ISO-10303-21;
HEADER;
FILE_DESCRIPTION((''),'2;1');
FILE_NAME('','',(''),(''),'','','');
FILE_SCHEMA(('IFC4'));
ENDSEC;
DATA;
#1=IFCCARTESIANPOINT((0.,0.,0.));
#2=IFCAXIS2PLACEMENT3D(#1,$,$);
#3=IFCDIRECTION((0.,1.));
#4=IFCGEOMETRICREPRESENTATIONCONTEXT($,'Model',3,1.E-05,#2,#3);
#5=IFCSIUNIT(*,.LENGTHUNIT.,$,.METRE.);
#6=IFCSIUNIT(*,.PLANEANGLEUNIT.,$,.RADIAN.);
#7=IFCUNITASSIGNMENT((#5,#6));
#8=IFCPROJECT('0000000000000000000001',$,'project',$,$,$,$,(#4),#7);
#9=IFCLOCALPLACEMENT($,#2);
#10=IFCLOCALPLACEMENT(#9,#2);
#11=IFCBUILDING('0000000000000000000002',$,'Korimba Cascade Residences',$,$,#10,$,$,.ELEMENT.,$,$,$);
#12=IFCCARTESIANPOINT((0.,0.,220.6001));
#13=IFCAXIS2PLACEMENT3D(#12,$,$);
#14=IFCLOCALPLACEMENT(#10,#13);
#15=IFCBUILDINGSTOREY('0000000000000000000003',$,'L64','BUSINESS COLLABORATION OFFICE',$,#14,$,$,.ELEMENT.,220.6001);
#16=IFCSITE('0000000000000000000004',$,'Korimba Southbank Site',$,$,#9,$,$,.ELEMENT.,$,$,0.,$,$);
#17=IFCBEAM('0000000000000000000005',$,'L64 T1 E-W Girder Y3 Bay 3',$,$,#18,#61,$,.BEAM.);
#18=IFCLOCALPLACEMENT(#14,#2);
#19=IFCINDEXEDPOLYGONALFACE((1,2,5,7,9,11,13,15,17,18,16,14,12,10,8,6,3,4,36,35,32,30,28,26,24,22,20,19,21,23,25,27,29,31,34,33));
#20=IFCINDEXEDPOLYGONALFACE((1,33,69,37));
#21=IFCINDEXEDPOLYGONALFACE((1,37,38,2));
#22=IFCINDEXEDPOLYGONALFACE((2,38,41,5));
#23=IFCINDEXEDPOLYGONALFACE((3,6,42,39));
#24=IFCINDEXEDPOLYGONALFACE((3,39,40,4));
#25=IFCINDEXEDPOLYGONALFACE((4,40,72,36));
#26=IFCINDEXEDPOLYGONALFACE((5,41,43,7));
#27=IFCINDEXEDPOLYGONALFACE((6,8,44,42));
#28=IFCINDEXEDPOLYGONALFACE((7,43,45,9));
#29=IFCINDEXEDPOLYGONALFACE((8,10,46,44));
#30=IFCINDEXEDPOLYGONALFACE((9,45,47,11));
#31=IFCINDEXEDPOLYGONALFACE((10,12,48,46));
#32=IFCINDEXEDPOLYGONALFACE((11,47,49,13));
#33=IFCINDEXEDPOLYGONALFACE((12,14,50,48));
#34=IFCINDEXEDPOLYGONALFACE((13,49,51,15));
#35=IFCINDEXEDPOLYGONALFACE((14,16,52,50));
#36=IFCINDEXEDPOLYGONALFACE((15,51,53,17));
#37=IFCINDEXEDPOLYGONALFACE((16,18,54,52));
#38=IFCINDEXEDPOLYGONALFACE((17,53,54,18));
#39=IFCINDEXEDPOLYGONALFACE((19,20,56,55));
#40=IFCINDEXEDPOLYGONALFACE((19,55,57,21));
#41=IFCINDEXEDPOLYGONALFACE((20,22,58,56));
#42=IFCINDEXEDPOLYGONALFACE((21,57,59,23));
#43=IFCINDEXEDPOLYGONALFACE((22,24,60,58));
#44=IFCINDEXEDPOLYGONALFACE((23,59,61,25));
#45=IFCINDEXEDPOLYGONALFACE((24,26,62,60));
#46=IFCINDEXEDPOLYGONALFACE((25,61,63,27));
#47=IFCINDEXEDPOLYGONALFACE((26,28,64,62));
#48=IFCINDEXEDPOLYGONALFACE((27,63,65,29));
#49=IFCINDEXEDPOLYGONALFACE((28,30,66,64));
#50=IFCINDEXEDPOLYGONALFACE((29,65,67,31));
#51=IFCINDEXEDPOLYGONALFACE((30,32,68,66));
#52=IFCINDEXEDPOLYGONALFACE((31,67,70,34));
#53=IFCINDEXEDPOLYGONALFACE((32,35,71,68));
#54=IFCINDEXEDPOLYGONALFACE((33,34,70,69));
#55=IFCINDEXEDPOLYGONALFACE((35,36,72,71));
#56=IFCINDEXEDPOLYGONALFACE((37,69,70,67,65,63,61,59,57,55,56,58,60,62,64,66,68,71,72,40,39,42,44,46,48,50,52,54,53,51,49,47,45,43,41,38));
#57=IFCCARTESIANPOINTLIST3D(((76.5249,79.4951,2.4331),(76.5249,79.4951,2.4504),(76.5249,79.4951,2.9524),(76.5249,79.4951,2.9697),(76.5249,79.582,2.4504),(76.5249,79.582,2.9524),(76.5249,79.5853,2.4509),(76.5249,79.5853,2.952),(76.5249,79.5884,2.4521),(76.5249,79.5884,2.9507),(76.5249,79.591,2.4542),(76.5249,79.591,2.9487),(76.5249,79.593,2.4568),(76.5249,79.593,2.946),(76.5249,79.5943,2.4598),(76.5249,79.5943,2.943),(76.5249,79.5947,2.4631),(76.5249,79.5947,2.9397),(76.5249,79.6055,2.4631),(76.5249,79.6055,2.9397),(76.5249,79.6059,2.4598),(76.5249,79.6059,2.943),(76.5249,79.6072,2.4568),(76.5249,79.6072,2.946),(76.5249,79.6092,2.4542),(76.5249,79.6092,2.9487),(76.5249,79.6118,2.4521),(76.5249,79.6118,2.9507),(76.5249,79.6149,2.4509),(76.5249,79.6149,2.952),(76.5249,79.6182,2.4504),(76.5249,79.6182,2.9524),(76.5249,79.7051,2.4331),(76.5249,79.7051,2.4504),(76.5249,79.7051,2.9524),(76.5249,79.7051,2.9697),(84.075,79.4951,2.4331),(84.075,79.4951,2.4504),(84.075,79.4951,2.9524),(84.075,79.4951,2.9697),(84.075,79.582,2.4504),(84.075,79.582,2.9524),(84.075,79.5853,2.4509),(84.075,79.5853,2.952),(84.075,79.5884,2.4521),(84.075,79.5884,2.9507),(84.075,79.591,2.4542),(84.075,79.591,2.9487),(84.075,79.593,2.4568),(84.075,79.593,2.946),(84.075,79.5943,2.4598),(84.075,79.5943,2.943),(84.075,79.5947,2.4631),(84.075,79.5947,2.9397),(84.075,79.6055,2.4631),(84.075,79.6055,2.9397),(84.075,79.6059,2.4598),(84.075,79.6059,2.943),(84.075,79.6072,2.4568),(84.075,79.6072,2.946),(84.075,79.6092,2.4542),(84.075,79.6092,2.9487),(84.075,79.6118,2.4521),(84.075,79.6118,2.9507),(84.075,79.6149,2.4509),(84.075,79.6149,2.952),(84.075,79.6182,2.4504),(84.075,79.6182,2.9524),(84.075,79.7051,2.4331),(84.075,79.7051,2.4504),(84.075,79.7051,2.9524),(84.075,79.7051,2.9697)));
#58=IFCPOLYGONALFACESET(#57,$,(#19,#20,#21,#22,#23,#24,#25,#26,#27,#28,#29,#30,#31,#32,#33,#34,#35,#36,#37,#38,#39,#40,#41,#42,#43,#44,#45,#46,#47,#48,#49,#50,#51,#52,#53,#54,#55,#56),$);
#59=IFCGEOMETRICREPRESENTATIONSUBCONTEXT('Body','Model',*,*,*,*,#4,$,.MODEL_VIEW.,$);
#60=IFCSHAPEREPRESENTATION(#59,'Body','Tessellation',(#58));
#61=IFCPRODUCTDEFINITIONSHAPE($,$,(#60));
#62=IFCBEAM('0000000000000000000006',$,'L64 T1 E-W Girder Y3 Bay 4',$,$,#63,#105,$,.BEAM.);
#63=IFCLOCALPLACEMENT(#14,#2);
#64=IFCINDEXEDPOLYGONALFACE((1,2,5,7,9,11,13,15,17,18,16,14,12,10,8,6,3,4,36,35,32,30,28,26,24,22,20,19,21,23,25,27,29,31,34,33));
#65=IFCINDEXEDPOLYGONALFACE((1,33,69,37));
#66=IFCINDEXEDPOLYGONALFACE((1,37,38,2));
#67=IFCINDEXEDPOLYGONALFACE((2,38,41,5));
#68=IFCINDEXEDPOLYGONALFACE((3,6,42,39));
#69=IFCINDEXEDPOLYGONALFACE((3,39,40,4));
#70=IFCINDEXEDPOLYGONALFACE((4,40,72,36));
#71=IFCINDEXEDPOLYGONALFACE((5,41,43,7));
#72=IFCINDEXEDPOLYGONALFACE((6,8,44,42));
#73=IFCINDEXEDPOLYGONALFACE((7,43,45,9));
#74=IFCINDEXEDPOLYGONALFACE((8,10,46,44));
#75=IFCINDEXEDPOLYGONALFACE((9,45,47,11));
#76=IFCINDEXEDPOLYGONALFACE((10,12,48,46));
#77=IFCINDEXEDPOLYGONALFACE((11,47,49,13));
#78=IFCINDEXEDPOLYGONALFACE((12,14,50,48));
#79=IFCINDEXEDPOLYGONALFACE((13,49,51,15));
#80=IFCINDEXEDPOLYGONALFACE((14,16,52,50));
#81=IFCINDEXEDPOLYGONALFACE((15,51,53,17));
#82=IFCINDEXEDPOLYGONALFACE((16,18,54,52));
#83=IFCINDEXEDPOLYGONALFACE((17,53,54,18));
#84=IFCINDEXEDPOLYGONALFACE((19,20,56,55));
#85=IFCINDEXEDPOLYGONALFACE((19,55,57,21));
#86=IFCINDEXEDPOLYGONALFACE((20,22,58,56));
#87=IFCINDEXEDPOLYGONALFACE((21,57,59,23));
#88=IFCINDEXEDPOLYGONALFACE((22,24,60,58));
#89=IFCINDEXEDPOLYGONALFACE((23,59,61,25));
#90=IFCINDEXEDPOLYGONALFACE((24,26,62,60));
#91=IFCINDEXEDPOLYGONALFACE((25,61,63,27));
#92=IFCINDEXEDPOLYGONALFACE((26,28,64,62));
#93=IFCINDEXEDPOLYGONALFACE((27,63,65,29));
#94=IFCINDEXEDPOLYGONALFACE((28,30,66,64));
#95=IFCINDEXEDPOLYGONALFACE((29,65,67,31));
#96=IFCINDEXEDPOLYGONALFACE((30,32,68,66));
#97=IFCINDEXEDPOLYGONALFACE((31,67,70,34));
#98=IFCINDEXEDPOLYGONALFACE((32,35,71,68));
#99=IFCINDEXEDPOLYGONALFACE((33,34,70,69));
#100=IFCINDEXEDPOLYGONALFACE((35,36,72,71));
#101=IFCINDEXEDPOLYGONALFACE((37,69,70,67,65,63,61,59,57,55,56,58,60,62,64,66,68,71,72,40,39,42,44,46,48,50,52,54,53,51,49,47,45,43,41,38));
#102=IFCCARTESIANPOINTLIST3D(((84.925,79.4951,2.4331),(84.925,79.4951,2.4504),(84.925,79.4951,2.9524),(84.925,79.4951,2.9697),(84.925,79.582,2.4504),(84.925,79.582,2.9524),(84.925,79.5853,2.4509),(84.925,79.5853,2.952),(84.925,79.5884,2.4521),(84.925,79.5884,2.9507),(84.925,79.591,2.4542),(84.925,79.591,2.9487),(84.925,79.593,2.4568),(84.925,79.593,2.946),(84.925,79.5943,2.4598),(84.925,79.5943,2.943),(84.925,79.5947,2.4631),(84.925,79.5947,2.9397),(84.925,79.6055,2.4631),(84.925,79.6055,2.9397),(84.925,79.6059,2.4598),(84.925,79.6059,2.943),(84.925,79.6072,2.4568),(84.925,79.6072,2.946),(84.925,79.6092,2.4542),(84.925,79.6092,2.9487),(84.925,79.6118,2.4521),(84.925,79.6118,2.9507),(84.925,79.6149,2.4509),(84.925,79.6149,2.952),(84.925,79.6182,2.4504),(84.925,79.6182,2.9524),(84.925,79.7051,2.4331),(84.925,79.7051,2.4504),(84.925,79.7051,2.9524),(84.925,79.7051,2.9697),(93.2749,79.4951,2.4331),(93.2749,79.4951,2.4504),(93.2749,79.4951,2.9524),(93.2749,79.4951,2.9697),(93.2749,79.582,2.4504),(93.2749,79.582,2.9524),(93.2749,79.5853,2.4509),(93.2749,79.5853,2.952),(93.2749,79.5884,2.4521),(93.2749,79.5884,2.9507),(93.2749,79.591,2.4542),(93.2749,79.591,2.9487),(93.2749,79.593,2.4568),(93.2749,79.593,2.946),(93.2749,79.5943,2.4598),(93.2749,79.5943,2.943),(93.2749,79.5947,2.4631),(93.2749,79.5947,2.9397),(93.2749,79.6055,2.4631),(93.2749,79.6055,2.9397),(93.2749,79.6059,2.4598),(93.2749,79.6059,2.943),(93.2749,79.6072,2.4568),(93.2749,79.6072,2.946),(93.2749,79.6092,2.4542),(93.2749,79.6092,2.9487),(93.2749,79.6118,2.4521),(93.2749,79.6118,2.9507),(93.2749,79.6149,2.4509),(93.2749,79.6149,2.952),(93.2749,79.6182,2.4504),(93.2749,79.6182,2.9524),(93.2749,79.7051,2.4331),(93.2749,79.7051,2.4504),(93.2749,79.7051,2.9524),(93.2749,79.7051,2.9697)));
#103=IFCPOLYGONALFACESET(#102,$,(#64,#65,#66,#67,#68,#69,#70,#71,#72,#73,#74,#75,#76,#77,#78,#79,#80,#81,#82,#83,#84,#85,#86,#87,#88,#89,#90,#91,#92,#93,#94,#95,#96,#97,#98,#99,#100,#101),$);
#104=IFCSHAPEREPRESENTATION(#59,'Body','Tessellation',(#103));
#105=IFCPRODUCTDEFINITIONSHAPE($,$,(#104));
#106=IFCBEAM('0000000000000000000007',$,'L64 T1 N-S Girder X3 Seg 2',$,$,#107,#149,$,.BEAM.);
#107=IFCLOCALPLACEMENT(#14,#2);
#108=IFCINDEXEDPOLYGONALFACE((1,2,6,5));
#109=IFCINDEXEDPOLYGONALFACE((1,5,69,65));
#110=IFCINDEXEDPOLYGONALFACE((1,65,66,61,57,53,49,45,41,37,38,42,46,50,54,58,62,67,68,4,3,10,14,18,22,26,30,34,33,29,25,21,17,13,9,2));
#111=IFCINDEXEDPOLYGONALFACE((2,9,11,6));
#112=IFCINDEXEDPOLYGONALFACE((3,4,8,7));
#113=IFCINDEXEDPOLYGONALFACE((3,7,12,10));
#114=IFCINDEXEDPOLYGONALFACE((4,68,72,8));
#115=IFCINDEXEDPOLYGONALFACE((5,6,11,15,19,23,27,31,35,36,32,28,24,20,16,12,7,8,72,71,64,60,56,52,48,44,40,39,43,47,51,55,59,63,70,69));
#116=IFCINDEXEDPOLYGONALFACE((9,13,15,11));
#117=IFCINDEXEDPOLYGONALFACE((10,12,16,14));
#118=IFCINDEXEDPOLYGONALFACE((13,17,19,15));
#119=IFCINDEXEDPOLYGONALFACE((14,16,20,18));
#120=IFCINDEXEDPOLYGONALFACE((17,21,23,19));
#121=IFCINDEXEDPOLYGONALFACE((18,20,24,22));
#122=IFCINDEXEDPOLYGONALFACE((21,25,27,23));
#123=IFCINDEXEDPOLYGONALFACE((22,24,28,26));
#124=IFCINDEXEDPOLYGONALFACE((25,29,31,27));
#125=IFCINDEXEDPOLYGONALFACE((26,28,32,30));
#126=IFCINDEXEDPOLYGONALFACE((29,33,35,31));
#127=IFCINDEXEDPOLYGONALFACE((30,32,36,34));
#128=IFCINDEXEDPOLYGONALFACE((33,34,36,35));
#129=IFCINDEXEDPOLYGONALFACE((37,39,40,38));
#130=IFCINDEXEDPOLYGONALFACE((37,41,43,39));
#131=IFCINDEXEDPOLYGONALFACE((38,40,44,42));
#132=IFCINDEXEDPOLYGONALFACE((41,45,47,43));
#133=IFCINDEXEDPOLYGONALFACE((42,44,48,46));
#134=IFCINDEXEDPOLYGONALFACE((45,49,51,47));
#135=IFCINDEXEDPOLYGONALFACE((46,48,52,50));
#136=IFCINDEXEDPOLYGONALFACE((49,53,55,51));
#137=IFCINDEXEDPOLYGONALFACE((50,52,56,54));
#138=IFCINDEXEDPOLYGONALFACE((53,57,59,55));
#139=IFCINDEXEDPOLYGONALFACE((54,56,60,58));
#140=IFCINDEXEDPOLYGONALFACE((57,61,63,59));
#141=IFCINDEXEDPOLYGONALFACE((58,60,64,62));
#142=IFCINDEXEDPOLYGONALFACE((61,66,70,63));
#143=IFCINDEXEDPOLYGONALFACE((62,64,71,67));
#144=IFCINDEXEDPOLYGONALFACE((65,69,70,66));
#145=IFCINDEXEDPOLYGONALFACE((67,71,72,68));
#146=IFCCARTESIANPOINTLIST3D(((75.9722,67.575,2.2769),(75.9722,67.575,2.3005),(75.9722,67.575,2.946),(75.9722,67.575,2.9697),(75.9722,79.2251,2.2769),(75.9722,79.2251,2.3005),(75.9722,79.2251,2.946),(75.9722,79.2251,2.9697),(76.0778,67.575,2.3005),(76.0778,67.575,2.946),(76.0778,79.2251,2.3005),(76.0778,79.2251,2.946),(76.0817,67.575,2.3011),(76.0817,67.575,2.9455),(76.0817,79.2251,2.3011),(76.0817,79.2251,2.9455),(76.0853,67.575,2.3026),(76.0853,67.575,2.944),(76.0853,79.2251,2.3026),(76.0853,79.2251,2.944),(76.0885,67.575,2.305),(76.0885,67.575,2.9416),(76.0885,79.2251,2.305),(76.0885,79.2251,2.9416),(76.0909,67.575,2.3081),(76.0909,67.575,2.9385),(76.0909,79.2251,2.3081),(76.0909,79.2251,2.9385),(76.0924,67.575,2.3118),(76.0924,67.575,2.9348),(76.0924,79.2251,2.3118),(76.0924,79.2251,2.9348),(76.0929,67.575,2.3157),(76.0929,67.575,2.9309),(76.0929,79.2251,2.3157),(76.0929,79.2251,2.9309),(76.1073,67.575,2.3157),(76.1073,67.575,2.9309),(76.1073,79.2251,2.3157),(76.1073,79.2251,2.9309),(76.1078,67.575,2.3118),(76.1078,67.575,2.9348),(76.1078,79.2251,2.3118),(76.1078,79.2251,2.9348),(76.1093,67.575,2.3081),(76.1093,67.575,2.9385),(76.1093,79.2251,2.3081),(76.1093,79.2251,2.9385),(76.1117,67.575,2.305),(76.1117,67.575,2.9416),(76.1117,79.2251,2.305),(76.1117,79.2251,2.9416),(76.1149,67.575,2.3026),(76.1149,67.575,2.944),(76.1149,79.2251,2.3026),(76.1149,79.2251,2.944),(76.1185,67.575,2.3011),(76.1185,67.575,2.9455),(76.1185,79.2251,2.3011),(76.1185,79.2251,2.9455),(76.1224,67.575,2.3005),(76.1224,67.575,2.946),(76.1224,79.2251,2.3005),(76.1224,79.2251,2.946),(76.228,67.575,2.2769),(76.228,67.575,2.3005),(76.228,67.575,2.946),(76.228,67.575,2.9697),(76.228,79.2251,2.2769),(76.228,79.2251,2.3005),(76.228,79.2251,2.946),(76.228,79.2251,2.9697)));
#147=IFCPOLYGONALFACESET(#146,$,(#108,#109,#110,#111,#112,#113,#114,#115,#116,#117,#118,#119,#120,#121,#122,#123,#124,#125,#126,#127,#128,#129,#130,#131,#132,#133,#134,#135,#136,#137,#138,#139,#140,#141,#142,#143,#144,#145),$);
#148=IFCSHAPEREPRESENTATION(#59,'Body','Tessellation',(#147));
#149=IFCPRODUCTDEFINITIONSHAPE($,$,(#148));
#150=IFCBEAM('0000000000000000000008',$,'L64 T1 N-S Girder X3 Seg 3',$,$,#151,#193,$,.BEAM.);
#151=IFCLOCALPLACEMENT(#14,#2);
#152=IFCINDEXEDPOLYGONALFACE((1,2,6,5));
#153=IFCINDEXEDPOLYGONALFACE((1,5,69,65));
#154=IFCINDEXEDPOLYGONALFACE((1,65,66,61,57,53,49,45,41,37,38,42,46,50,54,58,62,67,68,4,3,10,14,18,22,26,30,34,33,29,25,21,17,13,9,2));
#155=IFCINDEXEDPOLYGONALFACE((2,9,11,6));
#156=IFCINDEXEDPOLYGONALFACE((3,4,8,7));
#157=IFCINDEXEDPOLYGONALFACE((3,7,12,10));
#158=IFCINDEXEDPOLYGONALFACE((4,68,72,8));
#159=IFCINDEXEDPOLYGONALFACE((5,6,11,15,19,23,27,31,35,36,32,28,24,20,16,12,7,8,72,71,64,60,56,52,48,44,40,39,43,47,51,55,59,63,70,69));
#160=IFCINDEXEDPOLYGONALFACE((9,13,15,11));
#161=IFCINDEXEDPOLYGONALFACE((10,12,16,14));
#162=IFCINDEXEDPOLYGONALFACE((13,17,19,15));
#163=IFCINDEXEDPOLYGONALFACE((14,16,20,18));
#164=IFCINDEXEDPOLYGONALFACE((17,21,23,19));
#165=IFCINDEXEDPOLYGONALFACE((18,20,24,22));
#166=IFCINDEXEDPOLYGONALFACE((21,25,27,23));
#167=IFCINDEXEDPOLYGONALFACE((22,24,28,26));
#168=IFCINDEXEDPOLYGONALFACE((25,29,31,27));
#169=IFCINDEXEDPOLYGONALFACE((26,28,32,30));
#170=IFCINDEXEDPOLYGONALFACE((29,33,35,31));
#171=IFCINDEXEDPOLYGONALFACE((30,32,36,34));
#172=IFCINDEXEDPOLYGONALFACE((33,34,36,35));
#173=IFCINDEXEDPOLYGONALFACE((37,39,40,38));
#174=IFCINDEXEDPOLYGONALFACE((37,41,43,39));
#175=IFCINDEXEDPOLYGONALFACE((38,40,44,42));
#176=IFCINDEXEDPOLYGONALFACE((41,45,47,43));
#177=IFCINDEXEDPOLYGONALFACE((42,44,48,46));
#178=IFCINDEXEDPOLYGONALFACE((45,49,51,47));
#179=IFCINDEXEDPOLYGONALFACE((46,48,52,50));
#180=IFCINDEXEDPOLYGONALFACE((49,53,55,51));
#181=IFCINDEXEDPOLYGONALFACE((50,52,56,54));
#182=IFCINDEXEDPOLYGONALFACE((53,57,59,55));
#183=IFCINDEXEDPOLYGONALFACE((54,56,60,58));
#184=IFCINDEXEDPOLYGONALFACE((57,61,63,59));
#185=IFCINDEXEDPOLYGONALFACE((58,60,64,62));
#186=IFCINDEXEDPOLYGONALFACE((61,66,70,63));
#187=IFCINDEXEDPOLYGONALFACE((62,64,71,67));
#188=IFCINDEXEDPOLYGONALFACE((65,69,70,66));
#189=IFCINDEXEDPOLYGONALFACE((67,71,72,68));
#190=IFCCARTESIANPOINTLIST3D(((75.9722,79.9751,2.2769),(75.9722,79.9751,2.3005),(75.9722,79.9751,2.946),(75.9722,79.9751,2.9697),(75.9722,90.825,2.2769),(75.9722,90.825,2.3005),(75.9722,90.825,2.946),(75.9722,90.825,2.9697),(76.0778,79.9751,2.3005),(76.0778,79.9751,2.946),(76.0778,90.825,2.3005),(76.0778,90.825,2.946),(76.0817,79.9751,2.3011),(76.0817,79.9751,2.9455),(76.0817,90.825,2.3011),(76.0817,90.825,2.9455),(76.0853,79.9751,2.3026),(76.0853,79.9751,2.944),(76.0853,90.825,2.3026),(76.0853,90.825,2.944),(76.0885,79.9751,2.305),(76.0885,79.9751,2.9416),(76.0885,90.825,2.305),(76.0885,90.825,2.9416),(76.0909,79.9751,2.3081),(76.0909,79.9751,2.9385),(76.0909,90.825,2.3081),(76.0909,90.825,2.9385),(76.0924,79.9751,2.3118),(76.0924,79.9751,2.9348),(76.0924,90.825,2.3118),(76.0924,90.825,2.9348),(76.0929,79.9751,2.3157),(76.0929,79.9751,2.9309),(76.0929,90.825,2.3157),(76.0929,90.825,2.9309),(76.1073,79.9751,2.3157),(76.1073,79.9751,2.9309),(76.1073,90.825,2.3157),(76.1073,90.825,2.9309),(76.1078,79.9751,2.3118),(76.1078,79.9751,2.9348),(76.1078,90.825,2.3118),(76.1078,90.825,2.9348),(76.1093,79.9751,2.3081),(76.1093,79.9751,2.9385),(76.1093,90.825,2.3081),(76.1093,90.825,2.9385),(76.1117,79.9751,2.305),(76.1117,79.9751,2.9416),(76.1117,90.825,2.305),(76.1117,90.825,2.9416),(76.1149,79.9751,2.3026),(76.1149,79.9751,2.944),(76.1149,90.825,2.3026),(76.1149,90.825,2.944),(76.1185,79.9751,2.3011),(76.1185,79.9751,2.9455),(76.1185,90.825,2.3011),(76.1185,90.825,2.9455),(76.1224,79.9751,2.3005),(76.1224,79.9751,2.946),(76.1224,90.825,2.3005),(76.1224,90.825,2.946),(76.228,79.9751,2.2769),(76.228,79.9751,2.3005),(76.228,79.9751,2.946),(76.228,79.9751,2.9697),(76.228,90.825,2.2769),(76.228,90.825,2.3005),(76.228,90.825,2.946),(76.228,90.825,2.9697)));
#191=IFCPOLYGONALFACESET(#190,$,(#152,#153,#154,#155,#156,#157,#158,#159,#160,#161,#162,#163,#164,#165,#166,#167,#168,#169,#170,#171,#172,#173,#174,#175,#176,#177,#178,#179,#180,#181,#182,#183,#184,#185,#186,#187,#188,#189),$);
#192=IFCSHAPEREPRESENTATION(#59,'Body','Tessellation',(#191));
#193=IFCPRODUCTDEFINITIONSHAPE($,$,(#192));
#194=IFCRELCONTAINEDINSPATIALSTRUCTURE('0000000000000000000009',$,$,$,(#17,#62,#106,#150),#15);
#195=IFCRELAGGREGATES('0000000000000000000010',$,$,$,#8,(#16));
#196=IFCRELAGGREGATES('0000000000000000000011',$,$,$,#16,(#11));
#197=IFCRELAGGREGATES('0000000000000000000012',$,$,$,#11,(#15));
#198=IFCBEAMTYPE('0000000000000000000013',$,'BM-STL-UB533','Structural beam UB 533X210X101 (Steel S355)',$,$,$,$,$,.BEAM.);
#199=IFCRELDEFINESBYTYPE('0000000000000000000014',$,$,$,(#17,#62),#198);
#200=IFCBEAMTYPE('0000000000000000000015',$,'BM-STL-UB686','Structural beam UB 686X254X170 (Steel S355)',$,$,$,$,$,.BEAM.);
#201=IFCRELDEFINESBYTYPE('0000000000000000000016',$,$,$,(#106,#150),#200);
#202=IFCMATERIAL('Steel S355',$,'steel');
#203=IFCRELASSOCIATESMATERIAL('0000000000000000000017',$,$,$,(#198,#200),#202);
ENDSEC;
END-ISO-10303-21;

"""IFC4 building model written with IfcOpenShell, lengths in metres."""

from ifc_helpers import new_model, si_unit, direction, frame, origin, origin_2d, place, context, subcontext, project, spatial, i_section, extrude, material, material_profile, profile_set, type_object, element, save


model = new_model("IFC4")

# Units and contexts
model_context = context("Model", 3, precision=1e-05, world=origin(), true_north=direction((0.0, 1.0)))
body_context = subcontext(model_context, "Body", "Model", "MODEL_VIEW")
ifc_project = project(units=[si_unit("LENGTHUNIT", "METRE"), si_unit("PLANEANGLEUNIT", "RADIAN")], contexts=[model_context])

# Site, building, storey
site_placement = place(None, origin())
site = spatial("IfcSite", under=ifc_project, at=site_placement, Name="Korimba Southbank Site", CompositionType="ELEMENT", RefElevation=0.0)
building_placement = place(site_placement, origin())
building = spatial("IfcBuilding", under=site, at=building_placement, Name="Korimba Cascade Residences", CompositionType="ELEMENT")
storey_placement = place(building_placement, frame((0.0, 0.0, 220.6001)))
storey = spatial("IfcBuildingStorey", under=building, at=storey_placement, Name="L64", Description="BUSINESS COLLABORATION OFFICE", CompositionType="ELEMENT", Elevation=220.6001)

# Beams
ifc_material_1 = material(Name="Steel S355", Category="steel")
ifc_material_profile_1 = material_profile(ifc_material_1, i_section(OverallWidth=0.21, OverallDepth=0.5366, WebThickness=0.0107, FlangeThickness=0.0173, FilletRadius=0.0127, at=origin_2d()), Name="Steel S355")
ifc_profile_set_1 = profile_set([ifc_material_profile_1], Name="Steel S355")
beam_type_1 = type_object("IfcBeamType", Name="BM-STL-UB533", Description="Structural beam UB 533X210X101 (Steel S355)", PredefinedType="BEAM", material=ifc_profile_set_1)
beam_1_placement = place(storey_placement, frame((76.5249, 79.6001, 2.7014), z_axis=(1.0, 0.0, 0.0), x_axis=(0.0, 1.0, 0.0)))
element("IfcBeam", 1, at=beam_1_placement, inside=storey, type_object=beam_type_1, Name="L64 T1 E-W Girder Y3 Bay 3", PredefinedType="BEAM", context=body_context, shape_type="SweptSolid", body=[
    extrude(i_section(OverallWidth=0.21, OverallDepth=0.5366, WebThickness=0.0107, FlangeThickness=0.0173, FilletRadius=0.0127, at=origin_2d()), origin(), (0.0, 0.0, 1.0), 7.55),
])
beam_2_placement = place(storey_placement, frame((84.925, 79.6001, 2.7014), z_axis=(1.0, 0.0, 0.0), x_axis=(0.0, 1.0, 0.0)))
element("IfcBeam", 2, at=beam_2_placement, inside=storey, type_object=beam_type_1, Name="L64 T1 E-W Girder Y3 Bay 4", PredefinedType="BEAM", context=body_context, shape_type="SweptSolid", body=[
    extrude(i_section(OverallWidth=0.21, OverallDepth=0.5366, WebThickness=0.0107, FlangeThickness=0.0173, FilletRadius=0.0127, at=origin_2d()), origin(), (0.0, 0.0, 1.0), 8.3499),
])
ifc_material_profile_2 = material_profile(ifc_material_1, i_section(OverallWidth=0.2559, OverallDepth=0.6929, WebThickness=0.0144, FlangeThickness=0.0237, FilletRadius=0.0151, at=origin_2d()), Name="Steel S355")
ifc_profile_set_2 = profile_set([ifc_material_profile_2], Name="Steel S355")
beam_type_2 = type_object("IfcBeamType", Name="BM-STL-UB686", Description="Structural beam UB 686X254X170 (Steel S355)", PredefinedType="BEAM", material=ifc_profile_set_2)
beam_3_placement = place(storey_placement, frame((76.1001, 67.575, 2.6233), z_axis=(0.0, 1.0, 0.0), x_axis=(-1.0, 0.0, 0.0)))
element("IfcBeam", 3, at=beam_3_placement, inside=storey, type_object=beam_type_2, Name="L64 T1 N-S Girder X3 Seg 2", PredefinedType="BEAM", context=body_context, shape_type="SweptSolid", body=[
    extrude(i_section(OverallWidth=0.2559, OverallDepth=0.6929, WebThickness=0.0144, FlangeThickness=0.0237, FilletRadius=0.0151, at=origin_2d()), origin(), (0.0, 0.0, 1.0), 11.6501),
])
beam_4_placement = place(storey_placement, frame((76.1001, 79.9751, 2.6233), z_axis=(0.0, 1.0, 0.0), x_axis=(-1.0, 0.0, 0.0)))
element("IfcBeam", 4, at=beam_4_placement, inside=storey, type_object=beam_type_2, Name="L64 T1 N-S Girder X3 Seg 3", PredefinedType="BEAM", context=body_context, shape_type="SweptSolid", body=[
    extrude(i_section(OverallWidth=0.2559, OverallDepth=0.6929, WebThickness=0.0144, FlangeThickness=0.0237, FilletRadius=0.0151, at=origin_2d()), origin(), (0.0, 0.0, 1.0), 10.8499),
])

save(model, "model.ifc")
